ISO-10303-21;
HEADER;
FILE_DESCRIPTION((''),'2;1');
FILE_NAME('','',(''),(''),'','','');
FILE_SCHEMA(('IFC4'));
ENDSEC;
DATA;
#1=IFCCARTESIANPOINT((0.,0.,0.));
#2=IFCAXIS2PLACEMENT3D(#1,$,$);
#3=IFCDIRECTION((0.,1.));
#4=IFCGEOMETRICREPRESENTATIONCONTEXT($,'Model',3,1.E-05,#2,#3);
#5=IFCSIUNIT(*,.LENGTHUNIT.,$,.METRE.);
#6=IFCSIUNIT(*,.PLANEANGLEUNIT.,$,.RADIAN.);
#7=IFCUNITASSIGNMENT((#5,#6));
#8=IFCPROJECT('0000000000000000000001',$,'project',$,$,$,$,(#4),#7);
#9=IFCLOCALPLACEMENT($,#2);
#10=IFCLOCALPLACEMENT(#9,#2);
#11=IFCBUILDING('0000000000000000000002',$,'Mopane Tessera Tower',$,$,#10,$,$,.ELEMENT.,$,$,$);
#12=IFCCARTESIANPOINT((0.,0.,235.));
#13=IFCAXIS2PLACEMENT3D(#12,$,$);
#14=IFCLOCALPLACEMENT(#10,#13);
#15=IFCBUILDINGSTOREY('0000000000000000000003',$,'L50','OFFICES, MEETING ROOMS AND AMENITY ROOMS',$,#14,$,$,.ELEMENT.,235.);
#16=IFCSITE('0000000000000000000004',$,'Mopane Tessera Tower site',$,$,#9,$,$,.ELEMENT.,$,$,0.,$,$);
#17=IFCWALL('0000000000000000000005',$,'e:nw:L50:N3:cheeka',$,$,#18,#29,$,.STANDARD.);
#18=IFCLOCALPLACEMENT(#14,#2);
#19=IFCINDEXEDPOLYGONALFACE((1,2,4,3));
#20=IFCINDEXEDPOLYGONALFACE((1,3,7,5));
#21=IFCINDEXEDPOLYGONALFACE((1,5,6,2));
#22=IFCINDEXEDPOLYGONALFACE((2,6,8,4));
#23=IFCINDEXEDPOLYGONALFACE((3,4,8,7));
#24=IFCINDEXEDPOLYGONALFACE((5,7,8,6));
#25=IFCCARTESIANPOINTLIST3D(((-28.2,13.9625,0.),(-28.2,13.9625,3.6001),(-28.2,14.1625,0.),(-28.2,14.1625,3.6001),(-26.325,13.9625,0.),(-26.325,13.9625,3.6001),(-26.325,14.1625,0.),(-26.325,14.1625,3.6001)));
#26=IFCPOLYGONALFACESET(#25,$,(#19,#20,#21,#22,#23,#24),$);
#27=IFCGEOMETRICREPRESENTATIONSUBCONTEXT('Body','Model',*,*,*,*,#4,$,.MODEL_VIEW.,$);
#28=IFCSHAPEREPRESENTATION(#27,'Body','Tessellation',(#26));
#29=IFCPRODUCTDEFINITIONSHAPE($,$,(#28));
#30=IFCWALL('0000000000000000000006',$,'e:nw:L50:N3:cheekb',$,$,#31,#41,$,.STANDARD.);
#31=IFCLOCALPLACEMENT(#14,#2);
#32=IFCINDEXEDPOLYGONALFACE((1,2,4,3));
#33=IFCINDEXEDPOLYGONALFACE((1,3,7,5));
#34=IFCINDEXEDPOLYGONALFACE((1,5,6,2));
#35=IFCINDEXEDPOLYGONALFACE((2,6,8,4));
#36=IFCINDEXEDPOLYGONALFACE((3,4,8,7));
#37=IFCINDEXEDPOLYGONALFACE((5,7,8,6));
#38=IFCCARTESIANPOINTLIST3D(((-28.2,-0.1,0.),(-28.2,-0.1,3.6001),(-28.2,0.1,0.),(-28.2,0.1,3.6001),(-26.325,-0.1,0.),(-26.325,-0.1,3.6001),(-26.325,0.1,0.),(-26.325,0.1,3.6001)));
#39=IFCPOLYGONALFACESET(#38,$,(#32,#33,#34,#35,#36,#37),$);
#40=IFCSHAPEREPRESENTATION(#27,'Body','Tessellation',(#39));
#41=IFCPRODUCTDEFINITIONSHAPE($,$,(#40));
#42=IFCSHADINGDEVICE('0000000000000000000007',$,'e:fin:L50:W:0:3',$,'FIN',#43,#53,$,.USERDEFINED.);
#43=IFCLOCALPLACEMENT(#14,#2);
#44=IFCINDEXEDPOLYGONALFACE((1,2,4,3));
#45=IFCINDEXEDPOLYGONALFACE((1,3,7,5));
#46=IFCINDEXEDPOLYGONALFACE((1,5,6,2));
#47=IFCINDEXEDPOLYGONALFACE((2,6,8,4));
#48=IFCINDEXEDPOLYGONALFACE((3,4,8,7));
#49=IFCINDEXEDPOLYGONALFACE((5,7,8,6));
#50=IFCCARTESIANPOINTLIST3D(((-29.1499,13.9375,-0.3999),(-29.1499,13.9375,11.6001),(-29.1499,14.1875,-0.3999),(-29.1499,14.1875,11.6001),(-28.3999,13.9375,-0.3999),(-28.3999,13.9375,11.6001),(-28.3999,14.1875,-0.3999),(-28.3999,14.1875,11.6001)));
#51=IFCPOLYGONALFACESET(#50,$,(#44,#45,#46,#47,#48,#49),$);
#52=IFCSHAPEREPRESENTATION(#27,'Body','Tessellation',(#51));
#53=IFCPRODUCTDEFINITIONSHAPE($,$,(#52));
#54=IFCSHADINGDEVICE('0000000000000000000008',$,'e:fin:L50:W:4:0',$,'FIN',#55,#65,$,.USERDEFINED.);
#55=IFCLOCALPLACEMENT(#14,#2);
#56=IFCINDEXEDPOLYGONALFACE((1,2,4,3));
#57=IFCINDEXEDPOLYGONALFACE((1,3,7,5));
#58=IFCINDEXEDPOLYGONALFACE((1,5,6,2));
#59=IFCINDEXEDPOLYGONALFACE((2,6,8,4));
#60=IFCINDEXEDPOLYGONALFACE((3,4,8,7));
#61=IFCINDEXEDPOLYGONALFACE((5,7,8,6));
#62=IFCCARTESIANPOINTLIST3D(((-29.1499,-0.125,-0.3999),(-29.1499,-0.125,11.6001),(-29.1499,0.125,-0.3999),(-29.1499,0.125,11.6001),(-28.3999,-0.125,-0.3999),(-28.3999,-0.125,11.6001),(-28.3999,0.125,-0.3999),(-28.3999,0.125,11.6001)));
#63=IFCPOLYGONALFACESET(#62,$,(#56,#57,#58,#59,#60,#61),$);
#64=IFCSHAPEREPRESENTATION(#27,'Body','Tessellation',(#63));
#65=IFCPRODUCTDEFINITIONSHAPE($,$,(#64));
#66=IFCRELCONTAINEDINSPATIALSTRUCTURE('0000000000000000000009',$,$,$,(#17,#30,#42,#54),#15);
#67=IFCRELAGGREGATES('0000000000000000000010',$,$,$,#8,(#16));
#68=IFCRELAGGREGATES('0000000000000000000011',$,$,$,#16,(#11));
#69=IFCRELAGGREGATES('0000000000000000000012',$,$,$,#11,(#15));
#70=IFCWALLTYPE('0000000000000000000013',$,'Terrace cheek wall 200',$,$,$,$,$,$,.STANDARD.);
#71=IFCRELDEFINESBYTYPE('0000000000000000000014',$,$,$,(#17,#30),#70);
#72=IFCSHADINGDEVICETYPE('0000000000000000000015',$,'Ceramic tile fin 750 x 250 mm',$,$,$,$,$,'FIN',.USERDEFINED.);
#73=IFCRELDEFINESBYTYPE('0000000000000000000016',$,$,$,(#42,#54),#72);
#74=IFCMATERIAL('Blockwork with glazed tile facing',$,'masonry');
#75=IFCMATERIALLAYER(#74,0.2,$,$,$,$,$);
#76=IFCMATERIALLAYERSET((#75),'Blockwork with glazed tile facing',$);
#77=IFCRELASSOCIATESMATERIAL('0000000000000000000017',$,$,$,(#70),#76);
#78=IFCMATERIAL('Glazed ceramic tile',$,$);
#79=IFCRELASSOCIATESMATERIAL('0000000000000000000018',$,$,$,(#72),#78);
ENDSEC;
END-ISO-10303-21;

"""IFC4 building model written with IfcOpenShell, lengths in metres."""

from ifc_helpers import new_model, si_unit, direction, frame, frame_2d, origin, origin_2d, place, context, subcontext, project, spatial, rectangle, extrude, material, layer, layer_set, type_object, element, save


model = new_model("IFC4")

# Units and contexts
model_context = context("Model", 3, precision=1e-05, world=origin(), true_north=direction((0.0, 1.0)))
body_context = subcontext(model_context, "Body", "Model", "MODEL_VIEW")
ifc_project = project(units=[si_unit("LENGTHUNIT", "METRE"), si_unit("PLANEANGLEUNIT", "RADIAN")], contexts=[model_context])

# Site, building, storey
site_placement = place(None, origin())
site = spatial("IfcSite", under=ifc_project, at=site_placement, Name="Mopane Tessera Tower site", CompositionType="ELEMENT", RefElevation=0.0)
building_placement = place(site_placement, origin())
building = spatial("IfcBuilding", under=site, at=building_placement, Name="Mopane Tessera Tower", CompositionType="ELEMENT")
storey_placement = place(building_placement, frame((0.0, 0.0, 235.0)))
storey = spatial("IfcBuildingStorey", under=building, at=storey_placement, Name="L50", Description="OFFICES, MEETING ROOMS AND AMENITY ROOMS", CompositionType="ELEMENT", Elevation=235.0)

# Walls
ifc_material_1 = material(Name="Blockwork with glazed tile facing", Category="masonry")
ifc_layer_1 = layer(ifc_material_1, 0.2)
ifc_layer_set_1 = layer_set([ifc_layer_1], Name="Blockwork with glazed tile facing")
wall_type_1 = type_object("IfcWallType", Name="Terrace cheek wall 200", PredefinedType="STANDARD", material=ifc_layer_set_1)
for number, where, z_axis, x_axis, name in (
    (1, (-28.2, 14.0625, 0.0), (0.0, 0.0, 1.0), (1.0, 0.0, 0.0), "e:nw:L50:N3:cheeka"),
    (2, (-28.2, 0.0, 0.0), (0.0, 0.0, 1.0), (1.0, 0.0, 0.0), "e:nw:L50:N3:cheekb"),
):
    element("IfcWall", number, at=place(storey_placement, frame(where, z_axis=z_axis, x_axis=x_axis)), inside=storey, type_object=wall_type_1, Name=name, PredefinedType="STANDARD", context=body_context, shape_type="SweptSolid", body=[
        extrude(rectangle(XDim=1.875, YDim=0.2, at=frame_2d((0.9375, 0.0))), origin(), (0.0, 0.0, 1.0), 3.6001),
    ])

# Shading devices
ifc_material_2 = material(Name="Glazed ceramic tile")
shading_device_type = type_object("IfcShadingDeviceType", Name="Ceramic tile fin 750 x 250 mm", ElementType="FIN", PredefinedType="USERDEFINED", material=ifc_material_2)
for number, where, z_axis, x_axis, name in (
    (3, (-28.7749, 14.0625, -0.3999), (0.0, 0.0, 1.0), (0.0, -1.0, 0.0), "e:fin:L50:W:0:3"),
    (4, (-28.7749, 0.0, -0.3999), (0.0, 0.0, 1.0), (0.0, -1.0, 0.0), "e:fin:L50:W:4:0"),
):
    element("IfcShadingDevice", number, at=place(storey_placement, frame(where, z_axis=z_axis, x_axis=x_axis)), inside=storey, type_object=shading_device_type, Name=name, ObjectType="FIN", PredefinedType="USERDEFINED", context=body_context, shape_type="SweptSolid", body=[
        extrude(rectangle(XDim=0.25, YDim=0.75, at=origin_2d()), origin(), (0.0, 0.0, 1.0), 12.0),
    ])

save(model, "model.ifc")
